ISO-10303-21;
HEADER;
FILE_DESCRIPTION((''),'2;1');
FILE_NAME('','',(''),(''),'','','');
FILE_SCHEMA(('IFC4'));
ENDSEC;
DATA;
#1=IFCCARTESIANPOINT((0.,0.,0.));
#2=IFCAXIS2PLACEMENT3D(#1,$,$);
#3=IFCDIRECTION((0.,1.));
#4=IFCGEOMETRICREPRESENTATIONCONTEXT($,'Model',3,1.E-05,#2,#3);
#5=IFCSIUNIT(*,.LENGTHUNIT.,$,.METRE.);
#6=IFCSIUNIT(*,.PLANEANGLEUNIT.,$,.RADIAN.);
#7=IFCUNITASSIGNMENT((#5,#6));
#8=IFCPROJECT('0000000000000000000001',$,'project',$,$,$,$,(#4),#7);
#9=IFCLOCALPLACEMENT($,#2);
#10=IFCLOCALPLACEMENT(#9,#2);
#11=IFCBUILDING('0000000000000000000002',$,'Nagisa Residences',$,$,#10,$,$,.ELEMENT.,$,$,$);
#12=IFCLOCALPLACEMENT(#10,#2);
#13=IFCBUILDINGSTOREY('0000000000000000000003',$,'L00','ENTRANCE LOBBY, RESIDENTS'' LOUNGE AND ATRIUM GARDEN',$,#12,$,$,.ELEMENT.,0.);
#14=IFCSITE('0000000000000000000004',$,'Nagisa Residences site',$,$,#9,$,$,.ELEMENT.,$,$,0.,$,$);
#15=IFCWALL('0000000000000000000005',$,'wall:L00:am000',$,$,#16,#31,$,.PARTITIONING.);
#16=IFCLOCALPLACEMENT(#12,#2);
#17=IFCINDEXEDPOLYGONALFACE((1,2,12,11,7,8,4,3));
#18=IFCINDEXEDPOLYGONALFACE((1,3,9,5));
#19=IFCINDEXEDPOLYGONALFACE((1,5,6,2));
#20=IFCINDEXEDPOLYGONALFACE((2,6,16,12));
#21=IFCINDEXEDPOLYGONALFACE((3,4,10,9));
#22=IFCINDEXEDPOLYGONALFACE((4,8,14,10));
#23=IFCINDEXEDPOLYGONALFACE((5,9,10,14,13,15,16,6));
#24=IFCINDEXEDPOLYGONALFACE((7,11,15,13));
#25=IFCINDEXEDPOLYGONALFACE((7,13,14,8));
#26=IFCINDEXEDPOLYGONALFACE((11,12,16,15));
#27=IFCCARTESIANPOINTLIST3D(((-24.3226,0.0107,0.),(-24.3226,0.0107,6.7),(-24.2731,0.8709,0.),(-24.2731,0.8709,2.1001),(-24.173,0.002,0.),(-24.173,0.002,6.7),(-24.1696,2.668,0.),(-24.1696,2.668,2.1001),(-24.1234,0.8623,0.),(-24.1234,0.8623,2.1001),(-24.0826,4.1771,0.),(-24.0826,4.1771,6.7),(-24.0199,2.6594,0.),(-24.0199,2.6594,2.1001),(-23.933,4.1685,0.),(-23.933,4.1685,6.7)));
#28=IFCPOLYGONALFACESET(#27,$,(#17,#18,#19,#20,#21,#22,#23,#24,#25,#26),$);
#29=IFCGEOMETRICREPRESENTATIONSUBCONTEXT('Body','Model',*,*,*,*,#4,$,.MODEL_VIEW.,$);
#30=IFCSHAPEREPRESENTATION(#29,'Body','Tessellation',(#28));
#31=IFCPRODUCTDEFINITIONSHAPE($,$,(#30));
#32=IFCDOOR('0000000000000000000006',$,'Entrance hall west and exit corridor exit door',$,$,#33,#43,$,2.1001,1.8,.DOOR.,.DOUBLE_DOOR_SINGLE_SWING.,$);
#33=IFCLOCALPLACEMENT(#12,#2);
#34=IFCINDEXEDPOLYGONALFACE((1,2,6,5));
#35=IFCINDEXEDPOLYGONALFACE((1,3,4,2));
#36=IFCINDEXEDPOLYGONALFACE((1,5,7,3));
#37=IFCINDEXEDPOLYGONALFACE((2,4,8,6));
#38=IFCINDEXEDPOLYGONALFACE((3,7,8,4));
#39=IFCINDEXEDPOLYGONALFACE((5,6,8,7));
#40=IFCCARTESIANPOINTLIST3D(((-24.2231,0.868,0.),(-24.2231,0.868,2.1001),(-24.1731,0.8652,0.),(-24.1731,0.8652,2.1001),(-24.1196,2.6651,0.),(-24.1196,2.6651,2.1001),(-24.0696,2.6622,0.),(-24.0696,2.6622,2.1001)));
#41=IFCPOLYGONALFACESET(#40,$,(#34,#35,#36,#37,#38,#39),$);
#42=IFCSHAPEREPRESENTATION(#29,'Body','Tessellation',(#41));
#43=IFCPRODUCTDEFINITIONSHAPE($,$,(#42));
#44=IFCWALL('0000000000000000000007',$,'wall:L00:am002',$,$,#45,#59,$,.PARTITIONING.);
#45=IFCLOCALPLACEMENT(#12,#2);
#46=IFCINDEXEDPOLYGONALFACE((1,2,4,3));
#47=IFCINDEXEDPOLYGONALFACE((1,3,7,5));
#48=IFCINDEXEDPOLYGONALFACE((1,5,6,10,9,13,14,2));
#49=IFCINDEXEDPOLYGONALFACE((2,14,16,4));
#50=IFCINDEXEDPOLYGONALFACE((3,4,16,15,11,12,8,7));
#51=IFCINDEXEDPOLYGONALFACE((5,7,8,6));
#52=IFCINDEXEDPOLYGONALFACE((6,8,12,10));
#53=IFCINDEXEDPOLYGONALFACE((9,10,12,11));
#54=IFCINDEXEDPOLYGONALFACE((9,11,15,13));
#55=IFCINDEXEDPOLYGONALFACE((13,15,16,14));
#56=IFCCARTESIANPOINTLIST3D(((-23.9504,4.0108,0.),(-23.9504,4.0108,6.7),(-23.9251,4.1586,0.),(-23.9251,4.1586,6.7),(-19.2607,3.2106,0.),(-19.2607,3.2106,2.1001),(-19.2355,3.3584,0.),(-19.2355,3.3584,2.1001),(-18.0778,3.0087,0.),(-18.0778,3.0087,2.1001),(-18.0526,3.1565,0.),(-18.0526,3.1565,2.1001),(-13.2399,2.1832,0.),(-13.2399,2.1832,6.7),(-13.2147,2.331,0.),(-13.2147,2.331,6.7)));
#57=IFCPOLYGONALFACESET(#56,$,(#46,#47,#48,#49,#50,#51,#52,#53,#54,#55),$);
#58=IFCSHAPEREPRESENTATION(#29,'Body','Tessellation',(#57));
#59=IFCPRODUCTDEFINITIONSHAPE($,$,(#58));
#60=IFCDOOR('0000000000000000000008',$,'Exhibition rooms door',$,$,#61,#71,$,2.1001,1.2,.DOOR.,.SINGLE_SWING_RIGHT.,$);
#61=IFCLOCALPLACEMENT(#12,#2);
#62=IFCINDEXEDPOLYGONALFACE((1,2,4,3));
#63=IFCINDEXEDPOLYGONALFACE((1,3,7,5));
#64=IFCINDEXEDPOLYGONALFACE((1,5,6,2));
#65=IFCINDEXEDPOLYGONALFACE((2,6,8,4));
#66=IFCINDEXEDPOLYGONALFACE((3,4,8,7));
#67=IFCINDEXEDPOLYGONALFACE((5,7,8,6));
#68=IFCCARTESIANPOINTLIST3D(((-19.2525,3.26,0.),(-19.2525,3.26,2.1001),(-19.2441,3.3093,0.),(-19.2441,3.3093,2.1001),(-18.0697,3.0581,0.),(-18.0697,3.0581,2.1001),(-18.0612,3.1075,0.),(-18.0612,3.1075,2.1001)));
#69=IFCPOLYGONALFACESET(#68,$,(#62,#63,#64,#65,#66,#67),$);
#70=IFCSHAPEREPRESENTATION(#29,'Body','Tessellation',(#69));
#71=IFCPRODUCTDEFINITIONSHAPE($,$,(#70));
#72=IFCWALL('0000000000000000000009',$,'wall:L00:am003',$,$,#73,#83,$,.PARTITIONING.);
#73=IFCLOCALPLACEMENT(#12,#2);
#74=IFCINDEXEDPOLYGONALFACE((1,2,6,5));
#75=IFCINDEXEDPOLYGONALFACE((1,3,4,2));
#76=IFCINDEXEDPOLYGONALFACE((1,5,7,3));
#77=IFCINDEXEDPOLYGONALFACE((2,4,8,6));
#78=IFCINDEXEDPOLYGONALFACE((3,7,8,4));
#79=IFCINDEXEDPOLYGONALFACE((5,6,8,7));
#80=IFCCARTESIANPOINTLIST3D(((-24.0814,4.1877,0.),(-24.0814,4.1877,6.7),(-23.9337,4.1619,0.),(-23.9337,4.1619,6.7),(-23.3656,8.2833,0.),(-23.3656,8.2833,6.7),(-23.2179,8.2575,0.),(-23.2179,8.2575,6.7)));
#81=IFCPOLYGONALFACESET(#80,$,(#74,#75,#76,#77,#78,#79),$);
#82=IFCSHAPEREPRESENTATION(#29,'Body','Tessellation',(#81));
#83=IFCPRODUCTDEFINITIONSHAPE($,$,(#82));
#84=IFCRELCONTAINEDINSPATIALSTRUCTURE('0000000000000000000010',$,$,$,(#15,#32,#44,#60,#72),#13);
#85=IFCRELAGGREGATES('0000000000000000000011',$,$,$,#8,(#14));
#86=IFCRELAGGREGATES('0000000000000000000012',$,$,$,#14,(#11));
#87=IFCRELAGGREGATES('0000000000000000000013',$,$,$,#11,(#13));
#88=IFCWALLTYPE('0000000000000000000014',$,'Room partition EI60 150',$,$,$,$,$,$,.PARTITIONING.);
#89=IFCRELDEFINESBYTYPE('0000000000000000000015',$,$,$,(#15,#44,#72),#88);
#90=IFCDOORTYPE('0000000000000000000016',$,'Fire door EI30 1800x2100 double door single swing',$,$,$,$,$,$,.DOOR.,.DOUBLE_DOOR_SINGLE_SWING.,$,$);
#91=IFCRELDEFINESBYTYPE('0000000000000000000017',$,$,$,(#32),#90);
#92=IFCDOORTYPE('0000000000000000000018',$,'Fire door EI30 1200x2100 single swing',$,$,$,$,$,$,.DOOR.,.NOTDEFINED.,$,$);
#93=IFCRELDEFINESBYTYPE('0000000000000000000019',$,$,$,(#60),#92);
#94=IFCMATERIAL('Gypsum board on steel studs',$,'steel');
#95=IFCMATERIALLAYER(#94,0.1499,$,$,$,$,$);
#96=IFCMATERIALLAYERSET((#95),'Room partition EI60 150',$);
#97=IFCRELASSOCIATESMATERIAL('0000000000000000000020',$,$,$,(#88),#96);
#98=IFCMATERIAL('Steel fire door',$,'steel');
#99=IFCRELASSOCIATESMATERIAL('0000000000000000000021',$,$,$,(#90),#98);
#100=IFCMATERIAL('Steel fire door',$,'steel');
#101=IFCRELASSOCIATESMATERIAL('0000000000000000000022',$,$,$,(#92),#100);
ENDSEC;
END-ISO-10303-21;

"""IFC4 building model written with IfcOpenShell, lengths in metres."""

from ifc_helpers import new_model, si_unit, direction, frame, frame_2d, origin, place, context, subcontext, project, spatial, rectangle, extrude, material, layer, layer_set, type_object, element, fill, save


model = new_model("IFC4")

# Units and contexts
model_context = context("Model", 3, precision=1e-05, world=origin(), true_north=direction((0.0, 1.0)))
body_context = subcontext(model_context, "Body", "Model", "MODEL_VIEW")
ifc_project = project(units=[si_unit("LENGTHUNIT", "METRE"), si_unit("PLANEANGLEUNIT", "RADIAN")], contexts=[model_context])

# Site, building, storey
site_placement = place(None, origin())
site = spatial("IfcSite", under=ifc_project, at=site_placement, Name="Nagisa Residences site", CompositionType="ELEMENT", RefElevation=0.0)
building_placement = place(site_placement, origin())
building = spatial("IfcBuilding", under=site, at=building_placement, Name="Nagisa Residences", CompositionType="ELEMENT")
storey_placement = place(building_placement, origin())
storey = spatial("IfcBuildingStorey", under=building, at=storey_placement, Name="L00", Description="ENTRANCE LOBBY, RESIDENTS' LOUNGE AND ATRIUM GARDEN", CompositionType="ELEMENT", Elevation=0.0)

# Walls, openings, doors
ifc_material_1 = material(Name="Gypsum board on steel studs", Category="steel")
ifc_layer_1 = layer(ifc_material_1, 0.1499)
ifc_layer_set_1 = layer_set([ifc_layer_1], Name="Room partition EI60 150")
wall_type = type_object("IfcWallType", Name="Room partition EI60 150", PredefinedType="PARTITIONING", material=ifc_layer_set_1)
wall_1_placement = place(storey_placement, frame((-24.2478, 0.0063, 0.0), z_axis=(0.0, 0.0, 1.0), x_axis=(0.057505, 0.998345, 0.0)))
wall_1 = element("IfcWall", 1, at=wall_1_placement, inside=storey, type_object=wall_type, Name="wall:L00:am000", PredefinedType="PARTITIONING", context=body_context, shape_type="SweptSolid", body=[
    extrude(rectangle(XDim=4.1733, YDim=0.1499, at=frame_2d((2.0867, 0.0))), origin(), (0.0, 0.0, 1.0), 6.7),
])
opening_1_placement = place(wall_1_placement, frame((0.8618, 0.0, 0.0)))
opening_1 = element("IfcOpeningElement", 2, at=opening_1_placement, cuts=wall_1, PredefinedType="OPENING", context=body_context, shape_type="SweptSolid", body=[
    extrude(rectangle(XDim=1.8, YDim=2.1001, at=frame_2d((0.8999, 1.05))), frame((0.0, 0.085, 0.0), z_axis=(0.0, -1.0, 0.0), x_axis=(1.0, 0.0, 0.0)), (0.0, 0.0, 1.0), 0.1699),
])
ifc_material_2 = material(Name="Steel fire door", Category="steel")
door_type_1 = type_object("IfcDoorType", Name="Fire door EI30 1800x2100 double door single swing", OperationType="DOUBLE_DOOR_SINGLE_SWING", PredefinedType="DOOR", material=ifc_material_2)
door_1_placement = place(opening_1_placement, origin())
door_1 = element("IfcDoor", 3, at=door_1_placement, inside=storey, type_object=door_type_1, Name="Entrance hall west and exit corridor exit door", OperationType="DOUBLE_DOOR_SINGLE_SWING", OverallHeight=2.1001, OverallWidth=1.8, PredefinedType="DOOR", context=body_context, shape_type="SweptSolid", body=[
    extrude(rectangle(XDim=1.8, YDim=2.1001, at=frame_2d((0.8999, 1.05))), frame((0.0, 0.0249, 0.0), z_axis=(0.0, -1.0, 0.0), x_axis=(1.0, 0.0, 0.0)), (0.0, 0.0, 1.0), 0.05),
])
fill(opening_1, door_1)
wall_2_placement = place(storey_placement, frame((-23.9377, 4.0847, 0.0), z_axis=(0.0, 0.0, 1.0), x_axis=(0.985751, -0.168209, 0.0)))
wall_2 = element("IfcWall", 4, at=wall_2_placement, inside=storey, type_object=wall_type, Name="wall:L00:am002", PredefinedType="PARTITIONING", context=body_context, shape_type="SweptSolid", body=[
    extrude(rectangle(XDim=10.8652, YDim=0.1499, at=frame_2d((5.4326, 0.0))), origin(), (0.0, 0.0, 1.0), 6.7),
])
opening_2_placement = place(wall_2_placement, frame((4.7573, 0.0, 0.0)))
opening_2 = element("IfcOpeningElement", 5, at=opening_2_placement, cuts=wall_2, PredefinedType="OPENING", context=body_context, shape_type="SweptSolid", body=[
    extrude(rectangle(XDim=1.2, YDim=2.1001, at=frame_2d((0.6001, 1.05))), frame((0.0, 0.085, 0.0), z_axis=(0.0, -1.0, 0.0), x_axis=(1.0, 0.0, 0.0)), (0.0, 0.0, 1.0), 0.1699),
])
ifc_material_3 = material(Name="Steel fire door", Category="steel")
door_type_2 = type_object("IfcDoorType", Name="Fire door EI30 1200x2100 single swing", OperationType="NOTDEFINED", PredefinedType="DOOR", material=ifc_material_3)
door_2_placement = place(opening_2_placement, frame((1.2, 0.0, 0.0), x_axis=(-1.0, 0.0, 0.0)))
door_2 = element("IfcDoor", 6, at=door_2_placement, inside=storey, type_object=door_type_2, Name="Exhibition rooms door", OperationType="SINGLE_SWING_RIGHT", OverallHeight=2.1001, OverallWidth=1.2, PredefinedType="DOOR", context=body_context, shape_type="SweptSolid", body=[
    extrude(rectangle(XDim=1.2, YDim=2.1001, at=frame_2d((0.6001, 1.05))), frame((0.0, 0.0249, 0.0), z_axis=(0.0, -1.0, 0.0), x_axis=(1.0, 0.0, 0.0)), (0.0, 0.0, 1.0), 0.05),
])
fill(opening_2, door_2)

# Wall
wall_3_placement = place(storey_placement, frame((-24.0076, 4.1748, 0.0), z_axis=(0.0, 0.0, 1.0), x_axis=(0.172164, 0.985068, 0.0)))
element("IfcWall", 7, at=wall_3_placement, inside=storey, type_object=wall_type, Name="wall:L00:am003", PredefinedType="PARTITIONING", context=body_context, shape_type="SweptSolid", body=[
    extrude(rectangle(XDim=4.1577, YDim=0.1499, at=frame_2d((2.0789, 0.0))), origin(), (0.0, 0.0, 1.0), 6.7),
])

save(model, "model.ifc")
